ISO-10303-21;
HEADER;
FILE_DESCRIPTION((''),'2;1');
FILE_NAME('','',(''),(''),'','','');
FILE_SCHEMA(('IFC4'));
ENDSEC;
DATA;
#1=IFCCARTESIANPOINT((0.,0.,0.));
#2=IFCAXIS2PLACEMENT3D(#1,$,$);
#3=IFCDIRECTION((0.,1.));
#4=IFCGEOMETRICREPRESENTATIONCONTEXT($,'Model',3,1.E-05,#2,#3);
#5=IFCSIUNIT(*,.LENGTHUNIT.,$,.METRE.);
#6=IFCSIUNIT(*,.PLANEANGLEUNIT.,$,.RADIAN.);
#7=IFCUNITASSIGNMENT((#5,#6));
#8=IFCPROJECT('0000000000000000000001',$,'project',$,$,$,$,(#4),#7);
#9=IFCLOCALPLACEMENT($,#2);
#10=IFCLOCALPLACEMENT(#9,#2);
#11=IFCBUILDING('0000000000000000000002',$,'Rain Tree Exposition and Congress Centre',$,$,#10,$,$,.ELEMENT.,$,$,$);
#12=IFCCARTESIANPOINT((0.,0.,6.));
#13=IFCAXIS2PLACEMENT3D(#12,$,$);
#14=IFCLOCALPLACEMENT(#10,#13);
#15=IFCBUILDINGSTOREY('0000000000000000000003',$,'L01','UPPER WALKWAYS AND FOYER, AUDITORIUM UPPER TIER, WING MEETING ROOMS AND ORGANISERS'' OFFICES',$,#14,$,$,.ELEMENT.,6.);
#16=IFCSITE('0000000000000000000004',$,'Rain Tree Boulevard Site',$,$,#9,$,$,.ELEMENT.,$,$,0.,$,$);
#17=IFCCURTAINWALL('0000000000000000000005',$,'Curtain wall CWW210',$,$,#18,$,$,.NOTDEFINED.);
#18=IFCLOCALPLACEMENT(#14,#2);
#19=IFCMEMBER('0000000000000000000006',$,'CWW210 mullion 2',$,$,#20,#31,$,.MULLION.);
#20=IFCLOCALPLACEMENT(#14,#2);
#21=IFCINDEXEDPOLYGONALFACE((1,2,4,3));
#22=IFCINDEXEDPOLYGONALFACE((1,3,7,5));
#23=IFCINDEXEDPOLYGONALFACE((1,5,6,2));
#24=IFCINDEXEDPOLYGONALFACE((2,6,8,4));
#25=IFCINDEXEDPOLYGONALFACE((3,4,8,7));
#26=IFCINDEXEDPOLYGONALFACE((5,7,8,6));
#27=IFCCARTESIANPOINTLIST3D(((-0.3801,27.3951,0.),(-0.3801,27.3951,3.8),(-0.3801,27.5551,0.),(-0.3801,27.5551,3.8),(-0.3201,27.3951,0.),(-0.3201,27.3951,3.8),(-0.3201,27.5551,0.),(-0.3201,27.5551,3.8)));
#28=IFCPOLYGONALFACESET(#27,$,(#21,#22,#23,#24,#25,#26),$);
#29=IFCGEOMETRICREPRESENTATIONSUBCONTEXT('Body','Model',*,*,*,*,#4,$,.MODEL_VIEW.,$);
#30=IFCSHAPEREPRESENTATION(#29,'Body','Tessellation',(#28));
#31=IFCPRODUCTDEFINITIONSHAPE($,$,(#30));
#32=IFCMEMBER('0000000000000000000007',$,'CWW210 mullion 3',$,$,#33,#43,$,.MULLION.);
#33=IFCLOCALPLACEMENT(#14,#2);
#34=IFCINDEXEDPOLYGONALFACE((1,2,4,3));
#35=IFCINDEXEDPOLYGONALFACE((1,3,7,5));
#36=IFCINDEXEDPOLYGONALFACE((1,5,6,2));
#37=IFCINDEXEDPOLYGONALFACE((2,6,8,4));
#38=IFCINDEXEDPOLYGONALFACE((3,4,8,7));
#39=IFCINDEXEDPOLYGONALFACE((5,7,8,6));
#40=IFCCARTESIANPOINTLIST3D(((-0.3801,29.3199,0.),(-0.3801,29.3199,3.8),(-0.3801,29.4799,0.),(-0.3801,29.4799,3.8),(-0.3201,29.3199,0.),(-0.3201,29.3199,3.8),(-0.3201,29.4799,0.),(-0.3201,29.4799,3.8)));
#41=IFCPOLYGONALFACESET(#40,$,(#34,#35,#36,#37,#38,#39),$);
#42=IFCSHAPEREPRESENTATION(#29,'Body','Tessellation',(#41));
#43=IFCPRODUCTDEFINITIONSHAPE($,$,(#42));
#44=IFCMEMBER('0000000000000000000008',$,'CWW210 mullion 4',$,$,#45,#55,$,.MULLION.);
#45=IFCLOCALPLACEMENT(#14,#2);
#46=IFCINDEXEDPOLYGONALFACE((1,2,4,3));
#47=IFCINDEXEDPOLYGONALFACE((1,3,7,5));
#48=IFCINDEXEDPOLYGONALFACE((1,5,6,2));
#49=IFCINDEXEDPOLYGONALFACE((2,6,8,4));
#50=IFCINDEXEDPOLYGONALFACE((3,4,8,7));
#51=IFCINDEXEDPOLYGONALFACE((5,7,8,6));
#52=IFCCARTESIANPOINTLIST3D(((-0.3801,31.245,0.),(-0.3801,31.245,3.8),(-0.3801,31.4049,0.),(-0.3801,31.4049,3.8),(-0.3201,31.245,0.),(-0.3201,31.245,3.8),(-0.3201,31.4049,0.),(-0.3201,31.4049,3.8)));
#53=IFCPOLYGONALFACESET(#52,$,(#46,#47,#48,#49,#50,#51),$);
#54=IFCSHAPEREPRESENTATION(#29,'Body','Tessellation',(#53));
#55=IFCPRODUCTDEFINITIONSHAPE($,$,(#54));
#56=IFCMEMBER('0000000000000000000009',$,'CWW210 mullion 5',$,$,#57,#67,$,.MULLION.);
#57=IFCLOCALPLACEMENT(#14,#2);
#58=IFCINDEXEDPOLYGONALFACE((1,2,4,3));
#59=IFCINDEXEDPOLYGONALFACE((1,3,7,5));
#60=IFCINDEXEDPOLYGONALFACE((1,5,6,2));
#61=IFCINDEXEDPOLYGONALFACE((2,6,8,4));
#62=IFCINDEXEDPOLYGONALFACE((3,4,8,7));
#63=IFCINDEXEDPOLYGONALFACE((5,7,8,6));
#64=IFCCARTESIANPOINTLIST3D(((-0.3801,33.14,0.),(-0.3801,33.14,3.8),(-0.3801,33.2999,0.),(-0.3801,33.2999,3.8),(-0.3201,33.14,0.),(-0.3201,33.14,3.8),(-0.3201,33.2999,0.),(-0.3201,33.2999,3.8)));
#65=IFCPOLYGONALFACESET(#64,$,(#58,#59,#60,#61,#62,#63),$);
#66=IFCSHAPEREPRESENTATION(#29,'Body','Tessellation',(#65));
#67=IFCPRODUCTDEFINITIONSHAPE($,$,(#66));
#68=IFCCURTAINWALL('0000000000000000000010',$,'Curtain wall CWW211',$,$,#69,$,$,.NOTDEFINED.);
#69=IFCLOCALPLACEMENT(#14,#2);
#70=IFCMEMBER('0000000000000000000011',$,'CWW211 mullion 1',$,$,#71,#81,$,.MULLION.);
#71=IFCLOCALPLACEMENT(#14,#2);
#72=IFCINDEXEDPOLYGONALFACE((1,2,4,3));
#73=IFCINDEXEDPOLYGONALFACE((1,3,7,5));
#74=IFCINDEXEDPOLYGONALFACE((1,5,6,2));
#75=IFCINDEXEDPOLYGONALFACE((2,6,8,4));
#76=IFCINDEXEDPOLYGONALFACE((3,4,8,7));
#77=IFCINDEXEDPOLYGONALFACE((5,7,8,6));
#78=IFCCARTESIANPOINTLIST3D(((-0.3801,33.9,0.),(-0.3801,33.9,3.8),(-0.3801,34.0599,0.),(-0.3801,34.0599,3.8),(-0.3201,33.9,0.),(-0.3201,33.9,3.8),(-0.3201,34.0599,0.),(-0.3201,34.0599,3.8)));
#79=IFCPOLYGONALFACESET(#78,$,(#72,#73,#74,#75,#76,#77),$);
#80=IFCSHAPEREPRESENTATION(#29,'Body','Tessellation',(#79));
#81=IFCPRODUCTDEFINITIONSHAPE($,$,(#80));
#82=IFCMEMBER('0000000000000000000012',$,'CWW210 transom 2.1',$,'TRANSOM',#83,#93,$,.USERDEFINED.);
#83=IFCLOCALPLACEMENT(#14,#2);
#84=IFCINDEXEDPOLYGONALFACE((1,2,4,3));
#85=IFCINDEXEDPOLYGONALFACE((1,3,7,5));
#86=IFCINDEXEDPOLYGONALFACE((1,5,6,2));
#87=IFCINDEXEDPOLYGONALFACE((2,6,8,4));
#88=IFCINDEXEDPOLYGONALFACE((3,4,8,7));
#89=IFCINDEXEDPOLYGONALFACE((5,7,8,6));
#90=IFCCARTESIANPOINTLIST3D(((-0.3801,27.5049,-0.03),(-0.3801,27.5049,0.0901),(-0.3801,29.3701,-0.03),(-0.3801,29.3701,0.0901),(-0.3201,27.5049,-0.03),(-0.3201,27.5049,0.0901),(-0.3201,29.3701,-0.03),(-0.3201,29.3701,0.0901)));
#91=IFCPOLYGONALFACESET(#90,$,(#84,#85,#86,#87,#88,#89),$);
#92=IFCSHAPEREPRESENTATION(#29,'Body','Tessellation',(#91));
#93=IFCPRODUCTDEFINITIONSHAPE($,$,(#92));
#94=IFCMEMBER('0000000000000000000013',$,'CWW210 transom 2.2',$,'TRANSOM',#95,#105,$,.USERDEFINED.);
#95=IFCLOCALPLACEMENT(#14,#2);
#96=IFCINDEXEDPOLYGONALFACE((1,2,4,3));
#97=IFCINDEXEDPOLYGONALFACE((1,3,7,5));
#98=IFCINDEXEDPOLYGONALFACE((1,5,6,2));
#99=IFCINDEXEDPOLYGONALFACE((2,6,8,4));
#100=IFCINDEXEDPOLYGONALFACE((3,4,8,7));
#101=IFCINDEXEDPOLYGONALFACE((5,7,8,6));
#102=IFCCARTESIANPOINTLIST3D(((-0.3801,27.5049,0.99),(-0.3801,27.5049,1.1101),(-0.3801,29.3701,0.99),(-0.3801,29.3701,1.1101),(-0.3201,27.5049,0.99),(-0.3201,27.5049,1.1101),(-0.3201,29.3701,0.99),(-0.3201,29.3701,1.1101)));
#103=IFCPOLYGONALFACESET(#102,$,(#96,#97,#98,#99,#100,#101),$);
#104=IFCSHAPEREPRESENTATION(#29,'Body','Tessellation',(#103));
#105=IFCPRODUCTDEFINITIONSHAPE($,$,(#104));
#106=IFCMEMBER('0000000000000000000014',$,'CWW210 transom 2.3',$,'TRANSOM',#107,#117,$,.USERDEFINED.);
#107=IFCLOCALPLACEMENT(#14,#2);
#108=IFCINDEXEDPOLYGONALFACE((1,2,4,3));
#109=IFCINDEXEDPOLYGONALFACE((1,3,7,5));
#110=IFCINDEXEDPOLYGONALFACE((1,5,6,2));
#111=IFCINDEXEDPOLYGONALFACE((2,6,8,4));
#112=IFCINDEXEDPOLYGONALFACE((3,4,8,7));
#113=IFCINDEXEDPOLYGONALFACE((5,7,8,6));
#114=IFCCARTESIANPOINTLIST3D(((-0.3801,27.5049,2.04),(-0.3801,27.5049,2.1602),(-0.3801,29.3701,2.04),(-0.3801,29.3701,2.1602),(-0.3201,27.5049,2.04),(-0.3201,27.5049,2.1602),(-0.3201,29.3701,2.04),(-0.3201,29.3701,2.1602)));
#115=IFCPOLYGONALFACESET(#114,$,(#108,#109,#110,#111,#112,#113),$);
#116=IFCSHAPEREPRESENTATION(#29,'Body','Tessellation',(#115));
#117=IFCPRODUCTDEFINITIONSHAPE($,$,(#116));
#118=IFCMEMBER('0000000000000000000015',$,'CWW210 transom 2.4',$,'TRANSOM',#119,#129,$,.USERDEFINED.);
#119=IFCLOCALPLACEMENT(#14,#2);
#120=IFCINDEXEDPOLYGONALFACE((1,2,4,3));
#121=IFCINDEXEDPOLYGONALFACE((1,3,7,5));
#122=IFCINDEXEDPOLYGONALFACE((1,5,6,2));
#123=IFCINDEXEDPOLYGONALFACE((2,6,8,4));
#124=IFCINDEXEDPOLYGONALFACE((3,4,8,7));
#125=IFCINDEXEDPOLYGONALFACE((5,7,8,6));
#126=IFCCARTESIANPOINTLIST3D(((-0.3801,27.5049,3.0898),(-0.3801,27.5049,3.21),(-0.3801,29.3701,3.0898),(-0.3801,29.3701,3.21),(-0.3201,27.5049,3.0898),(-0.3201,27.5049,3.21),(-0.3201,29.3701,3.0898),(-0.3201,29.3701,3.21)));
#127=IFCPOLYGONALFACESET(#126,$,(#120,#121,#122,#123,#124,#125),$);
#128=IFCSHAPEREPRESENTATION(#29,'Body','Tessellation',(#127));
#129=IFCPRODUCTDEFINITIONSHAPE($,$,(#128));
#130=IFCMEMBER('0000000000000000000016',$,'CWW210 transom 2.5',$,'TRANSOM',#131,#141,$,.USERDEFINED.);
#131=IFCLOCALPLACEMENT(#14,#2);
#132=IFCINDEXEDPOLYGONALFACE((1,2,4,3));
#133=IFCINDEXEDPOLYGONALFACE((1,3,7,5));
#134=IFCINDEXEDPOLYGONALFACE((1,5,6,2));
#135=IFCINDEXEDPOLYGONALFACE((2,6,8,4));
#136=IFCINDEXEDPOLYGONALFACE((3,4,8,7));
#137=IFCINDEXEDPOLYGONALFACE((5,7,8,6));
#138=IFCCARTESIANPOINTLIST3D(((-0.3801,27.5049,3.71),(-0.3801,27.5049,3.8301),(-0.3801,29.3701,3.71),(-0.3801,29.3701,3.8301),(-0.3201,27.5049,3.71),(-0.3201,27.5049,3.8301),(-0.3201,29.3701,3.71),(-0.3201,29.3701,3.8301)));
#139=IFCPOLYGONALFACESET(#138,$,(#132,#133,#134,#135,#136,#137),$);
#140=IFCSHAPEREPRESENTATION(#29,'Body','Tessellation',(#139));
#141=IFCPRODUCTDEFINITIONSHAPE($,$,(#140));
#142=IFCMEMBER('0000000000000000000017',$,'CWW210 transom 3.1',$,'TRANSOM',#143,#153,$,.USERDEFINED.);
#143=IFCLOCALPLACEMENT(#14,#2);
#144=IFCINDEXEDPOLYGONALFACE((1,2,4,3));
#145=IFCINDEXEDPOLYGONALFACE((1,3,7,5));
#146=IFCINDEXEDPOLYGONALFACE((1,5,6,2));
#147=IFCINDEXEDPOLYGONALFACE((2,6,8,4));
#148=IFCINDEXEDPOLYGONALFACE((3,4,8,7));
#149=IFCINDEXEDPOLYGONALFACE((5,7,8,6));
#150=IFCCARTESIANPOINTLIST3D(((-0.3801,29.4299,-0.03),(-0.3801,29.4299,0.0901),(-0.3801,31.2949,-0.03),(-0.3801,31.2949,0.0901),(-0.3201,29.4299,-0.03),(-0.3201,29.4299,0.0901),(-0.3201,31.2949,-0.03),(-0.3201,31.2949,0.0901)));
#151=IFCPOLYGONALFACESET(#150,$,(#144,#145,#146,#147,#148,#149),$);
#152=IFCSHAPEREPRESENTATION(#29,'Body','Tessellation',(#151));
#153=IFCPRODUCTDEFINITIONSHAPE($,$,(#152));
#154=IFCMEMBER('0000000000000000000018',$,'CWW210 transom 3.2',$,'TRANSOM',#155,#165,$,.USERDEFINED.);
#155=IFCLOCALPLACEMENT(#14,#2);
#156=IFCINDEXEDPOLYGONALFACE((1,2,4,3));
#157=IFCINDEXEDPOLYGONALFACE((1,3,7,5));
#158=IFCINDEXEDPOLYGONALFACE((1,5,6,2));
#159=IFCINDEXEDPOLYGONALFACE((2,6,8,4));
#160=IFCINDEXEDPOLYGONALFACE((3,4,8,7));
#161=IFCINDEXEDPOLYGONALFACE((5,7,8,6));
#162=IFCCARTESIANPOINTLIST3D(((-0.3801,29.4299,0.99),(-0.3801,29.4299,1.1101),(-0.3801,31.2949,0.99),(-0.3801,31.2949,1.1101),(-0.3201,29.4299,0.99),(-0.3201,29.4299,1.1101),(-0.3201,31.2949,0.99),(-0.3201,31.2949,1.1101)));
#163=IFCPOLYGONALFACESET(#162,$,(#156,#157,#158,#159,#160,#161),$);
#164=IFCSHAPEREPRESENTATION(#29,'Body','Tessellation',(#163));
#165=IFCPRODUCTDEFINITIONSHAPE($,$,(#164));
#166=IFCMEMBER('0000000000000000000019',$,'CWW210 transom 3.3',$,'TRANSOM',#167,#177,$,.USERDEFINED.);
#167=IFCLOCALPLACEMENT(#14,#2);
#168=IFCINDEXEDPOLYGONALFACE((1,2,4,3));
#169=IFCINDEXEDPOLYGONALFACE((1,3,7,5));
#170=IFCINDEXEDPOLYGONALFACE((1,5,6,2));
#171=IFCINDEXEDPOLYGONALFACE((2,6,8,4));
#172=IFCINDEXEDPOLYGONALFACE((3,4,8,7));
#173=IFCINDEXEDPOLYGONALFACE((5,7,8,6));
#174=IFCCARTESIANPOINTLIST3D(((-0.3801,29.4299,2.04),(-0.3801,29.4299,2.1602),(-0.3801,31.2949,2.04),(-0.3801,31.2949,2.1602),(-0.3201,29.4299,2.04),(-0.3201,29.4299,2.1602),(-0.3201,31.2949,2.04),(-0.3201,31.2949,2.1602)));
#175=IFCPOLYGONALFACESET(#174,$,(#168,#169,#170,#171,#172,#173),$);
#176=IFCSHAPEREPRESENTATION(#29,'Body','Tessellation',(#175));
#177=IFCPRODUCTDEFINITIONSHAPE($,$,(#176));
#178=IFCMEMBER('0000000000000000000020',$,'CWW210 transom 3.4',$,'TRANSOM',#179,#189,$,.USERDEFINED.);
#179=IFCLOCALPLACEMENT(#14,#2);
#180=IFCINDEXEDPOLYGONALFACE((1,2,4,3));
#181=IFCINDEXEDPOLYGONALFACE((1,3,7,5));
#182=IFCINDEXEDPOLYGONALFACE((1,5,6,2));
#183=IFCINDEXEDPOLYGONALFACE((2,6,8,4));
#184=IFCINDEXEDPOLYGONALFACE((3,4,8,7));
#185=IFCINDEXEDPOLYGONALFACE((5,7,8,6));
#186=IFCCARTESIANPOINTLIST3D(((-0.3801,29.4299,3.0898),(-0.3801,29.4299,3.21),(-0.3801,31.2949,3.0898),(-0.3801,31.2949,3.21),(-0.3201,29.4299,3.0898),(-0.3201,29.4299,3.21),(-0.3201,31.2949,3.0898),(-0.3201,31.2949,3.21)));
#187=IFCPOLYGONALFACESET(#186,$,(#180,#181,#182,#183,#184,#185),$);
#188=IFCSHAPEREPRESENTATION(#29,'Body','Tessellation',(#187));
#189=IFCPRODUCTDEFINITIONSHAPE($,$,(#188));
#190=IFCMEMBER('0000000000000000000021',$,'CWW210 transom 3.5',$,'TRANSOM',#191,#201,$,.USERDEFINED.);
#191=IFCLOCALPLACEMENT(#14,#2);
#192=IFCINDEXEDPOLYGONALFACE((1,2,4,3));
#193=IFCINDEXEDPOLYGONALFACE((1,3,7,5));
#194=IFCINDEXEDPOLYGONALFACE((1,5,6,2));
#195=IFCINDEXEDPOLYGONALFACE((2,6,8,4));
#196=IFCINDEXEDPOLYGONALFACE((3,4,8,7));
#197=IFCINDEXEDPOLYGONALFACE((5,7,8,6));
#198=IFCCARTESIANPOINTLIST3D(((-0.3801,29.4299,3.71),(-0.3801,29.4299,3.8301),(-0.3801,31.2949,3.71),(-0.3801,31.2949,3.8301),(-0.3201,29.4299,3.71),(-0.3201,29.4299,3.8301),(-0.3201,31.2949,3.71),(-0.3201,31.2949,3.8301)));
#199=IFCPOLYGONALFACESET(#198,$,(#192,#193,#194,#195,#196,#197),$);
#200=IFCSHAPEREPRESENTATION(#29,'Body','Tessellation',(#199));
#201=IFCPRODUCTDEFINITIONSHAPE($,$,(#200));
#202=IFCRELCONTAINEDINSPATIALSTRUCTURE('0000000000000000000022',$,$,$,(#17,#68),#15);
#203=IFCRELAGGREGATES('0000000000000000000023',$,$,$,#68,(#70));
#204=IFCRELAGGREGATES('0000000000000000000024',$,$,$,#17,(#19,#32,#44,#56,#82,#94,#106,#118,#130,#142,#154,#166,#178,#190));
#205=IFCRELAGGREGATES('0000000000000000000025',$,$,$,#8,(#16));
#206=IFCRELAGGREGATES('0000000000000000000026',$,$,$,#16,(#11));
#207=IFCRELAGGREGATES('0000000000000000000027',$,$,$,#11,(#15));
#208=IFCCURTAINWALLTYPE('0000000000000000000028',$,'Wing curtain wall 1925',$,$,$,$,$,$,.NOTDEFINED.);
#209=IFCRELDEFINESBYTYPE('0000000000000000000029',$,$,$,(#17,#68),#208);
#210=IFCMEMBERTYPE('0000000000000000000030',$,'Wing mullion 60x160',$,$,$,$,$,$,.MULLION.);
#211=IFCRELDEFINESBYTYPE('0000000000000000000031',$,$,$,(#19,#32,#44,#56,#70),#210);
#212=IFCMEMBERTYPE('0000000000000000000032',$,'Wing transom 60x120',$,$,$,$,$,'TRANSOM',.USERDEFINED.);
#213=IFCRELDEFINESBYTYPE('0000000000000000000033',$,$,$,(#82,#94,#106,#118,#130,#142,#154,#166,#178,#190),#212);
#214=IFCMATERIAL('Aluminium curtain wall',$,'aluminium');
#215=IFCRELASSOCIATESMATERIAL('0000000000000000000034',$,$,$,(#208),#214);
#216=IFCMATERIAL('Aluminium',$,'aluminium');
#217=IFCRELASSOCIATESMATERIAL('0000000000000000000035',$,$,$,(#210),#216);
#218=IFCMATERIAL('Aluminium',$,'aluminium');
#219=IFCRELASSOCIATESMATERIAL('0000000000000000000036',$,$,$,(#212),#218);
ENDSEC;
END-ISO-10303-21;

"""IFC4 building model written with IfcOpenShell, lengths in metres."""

from ifc_helpers import new_model, si_unit, direction, frame, origin, origin_2d, place, context, subcontext, project, spatial, rectangle, extrude, material, material_profile, profile_set, type_object, element, aggregate, save


model = new_model("IFC4")

# Units and contexts
model_context = context("Model", 3, precision=1e-05, world=origin(), true_north=direction((0.0, 1.0)))
body_context = subcontext(model_context, "Body", "Model", "MODEL_VIEW")
ifc_project = project(units=[si_unit("LENGTHUNIT", "METRE"), si_unit("PLANEANGLEUNIT", "RADIAN")], contexts=[model_context])

# Site, building, storey
site_placement = place(None, origin())
site = spatial("IfcSite", under=ifc_project, at=site_placement, Name="Rain Tree Boulevard Site", CompositionType="ELEMENT", RefElevation=0.0)
building_placement = place(site_placement, origin())
building = spatial("IfcBuilding", under=site, at=building_placement, Name="Rain Tree Exposition and Congress Centre", CompositionType="ELEMENT")
storey_placement = place(building_placement, frame((0.0, 0.0, 6.0)))
storey = spatial("IfcBuildingStorey", under=building, at=storey_placement, Name="L01", Description="UPPER WALKWAYS AND FOYER, AUDITORIUM UPPER TIER, WING MEETING ROOMS AND ORGANISERS' OFFICES", CompositionType="ELEMENT", Elevation=6.0)

# Curtain wall, members
ifc_material_1 = material(Name="Aluminium curtain wall", Category="aluminium")
curtain_wall_type = type_object("IfcCurtainWallType", Name="Wing curtain wall 1925", PredefinedType="NOTDEFINED", material=ifc_material_1)
curtain_wall_1_placement = place(storey_placement, origin())
curtain_wall_1 = element("IfcCurtainWall", 1, at=curtain_wall_1_placement, inside=storey, type_object=curtain_wall_type, Name="Curtain wall CWW210", PredefinedType="NOTDEFINED")
ifc_material_2 = material(Name="Aluminium", Category="aluminium")
ifc_material_profile_1 = material_profile(ifc_material_2, rectangle(XDim=0.0601, YDim=0.1599, at=origin_2d()), Name="Aluminium 60x160")
ifc_profile_set_1 = profile_set([ifc_material_profile_1], Name="Aluminium")
member_type_1 = type_object("IfcMemberType", Name="Wing mullion 60x160", PredefinedType="MULLION", material=ifc_profile_set_1)
member_1_placement = place(storey_placement, frame((-0.3501, 27.4751, 0.0), z_axis=(0.0, 0.0, 1.0), x_axis=(-1.0, 0.0, 0.0)))
member_1 = element("IfcMember", 2, at=member_1_placement, type_object=member_type_1, Name="CWW210 mullion 2", PredefinedType="MULLION", context=body_context, shape_type="SweptSolid", body=[
    extrude(rectangle(XDim=0.0601, YDim=0.1599, at=origin_2d()), origin(), (0.0, 0.0, 1.0), 3.8),
])
member_2_placement = place(storey_placement, frame((-0.3501, 29.3999, 0.0), z_axis=(0.0, 0.0, 1.0), x_axis=(-1.0, 0.0, 0.0)))
member_2 = element("IfcMember", 3, at=member_2_placement, type_object=member_type_1, Name="CWW210 mullion 3", PredefinedType="MULLION", context=body_context, shape_type="SweptSolid", body=[
    extrude(rectangle(XDim=0.0601, YDim=0.1599, at=origin_2d()), origin(), (0.0, 0.0, 1.0), 3.8),
])
member_3_placement = place(storey_placement, frame((-0.3501, 31.325, 0.0), z_axis=(0.0, 0.0, 1.0), x_axis=(-1.0, 0.0, 0.0)))
member_3 = element("IfcMember", 4, at=member_3_placement, type_object=member_type_1, Name="CWW210 mullion 4", PredefinedType="MULLION", context=body_context, shape_type="SweptSolid", body=[
    extrude(rectangle(XDim=0.0601, YDim=0.1599, at=origin_2d()), origin(), (0.0, 0.0, 1.0), 3.8),
])
member_4_placement = place(storey_placement, frame((-0.3501, 33.22, 0.0), z_axis=(0.0, 0.0, 1.0), x_axis=(-1.0, 0.0, 0.0)))
member_4 = element("IfcMember", 5, at=member_4_placement, type_object=member_type_1, Name="CWW210 mullion 5", PredefinedType="MULLION", context=body_context, shape_type="SweptSolid", body=[
    extrude(rectangle(XDim=0.0601, YDim=0.1599, at=origin_2d()), origin(), (0.0, 0.0, 1.0), 3.8),
])

# Curtain wall, member
curtain_wall_2_placement = place(storey_placement, origin())
curtain_wall_2 = element("IfcCurtainWall", 6, at=curtain_wall_2_placement, inside=storey, type_object=curtain_wall_type, Name="Curtain wall CWW211", PredefinedType="NOTDEFINED")
member_5_placement = place(storey_placement, frame((-0.3501, 33.98, 0.0), z_axis=(0.0, 0.0, 1.0), x_axis=(-1.0, 0.0, 0.0)))
member_5 = element("IfcMember", 7, at=member_5_placement, type_object=member_type_1, Name="CWW211 mullion 1", PredefinedType="MULLION", context=body_context, shape_type="SweptSolid", body=[
    extrude(rectangle(XDim=0.0601, YDim=0.1599, at=origin_2d()), origin(), (0.0, 0.0, 1.0), 3.8),
])

# Members
ifc_material_3 = material(Name="Aluminium", Category="aluminium")
ifc_material_profile_2 = material_profile(ifc_material_3, rectangle(XDim=0.0601, YDim=0.1201, at=origin_2d()), Name="Aluminium 60x120")
ifc_profile_set_2 = profile_set([ifc_material_profile_2], Name="Aluminium")
member_type_2 = type_object("IfcMemberType", Name="Wing transom 60x120", ElementType="TRANSOM", PredefinedType="USERDEFINED", material=ifc_profile_set_2)
member_6_placement = place(storey_placement, frame((-0.3501, 27.5049, 0.03), z_axis=(0.0, 1.0, 0.0), x_axis=(-1.0, 0.0, 0.0)))
member_6 = element("IfcMember", 8, at=member_6_placement, type_object=member_type_2, Name="CWW210 transom 2.1", ObjectType="TRANSOM", PredefinedType="USERDEFINED", context=body_context, shape_type="SweptSolid", body=[
    extrude(rectangle(XDim=0.0601, YDim=0.1201, at=origin_2d()), origin(), (0.0, 0.0, 1.0), 1.8652),
])
member_7_placement = place(storey_placement, frame((-0.3501, 27.5049, 1.05), z_axis=(0.0, 1.0, 0.0), x_axis=(-1.0, 0.0, 0.0)))
member_7 = element("IfcMember", 9, at=member_7_placement, type_object=member_type_2, Name="CWW210 transom 2.2", ObjectType="TRANSOM", PredefinedType="USERDEFINED", context=body_context, shape_type="SweptSolid", body=[
    extrude(rectangle(XDim=0.0601, YDim=0.1201, at=origin_2d()), origin(), (0.0, 0.0, 1.0), 1.8652),
])
member_8_placement = place(storey_placement, frame((-0.3501, 27.5049, 2.1001), z_axis=(0.0, 1.0, 0.0), x_axis=(-1.0, 0.0, 0.0)))
member_8 = element("IfcMember", 10, at=member_8_placement, type_object=member_type_2, Name="CWW210 transom 2.3", ObjectType="TRANSOM", PredefinedType="USERDEFINED", context=body_context, shape_type="SweptSolid", body=[
    extrude(rectangle(XDim=0.0601, YDim=0.1201, at=origin_2d()), origin(), (0.0, 0.0, 1.0), 1.8652),
])
member_9_placement = place(storey_placement, frame((-0.3501, 27.5049, 3.1499), z_axis=(0.0, 1.0, 0.0), x_axis=(-1.0, 0.0, 0.0)))
member_9 = element("IfcMember", 11, at=member_9_placement, type_object=member_type_2, Name="CWW210 transom 2.4", ObjectType="TRANSOM", PredefinedType="USERDEFINED", context=body_context, shape_type="SweptSolid", body=[
    extrude(rectangle(XDim=0.0601, YDim=0.1201, at=origin_2d()), origin(), (0.0, 0.0, 1.0), 1.8652),
])
member_10_placement = place(storey_placement, frame((-0.3501, 27.5049, 3.77), z_axis=(0.0, 1.0, 0.0), x_axis=(-1.0, 0.0, 0.0)))
member_10 = element("IfcMember", 12, at=member_10_placement, type_object=member_type_2, Name="CWW210 transom 2.5", ObjectType="TRANSOM", PredefinedType="USERDEFINED", context=body_context, shape_type="SweptSolid", body=[
    extrude(rectangle(XDim=0.0601, YDim=0.1201, at=origin_2d()), origin(), (0.0, 0.0, 1.0), 1.8652),
])
member_11_placement = place(storey_placement, frame((-0.3501, 29.4299, 0.03), z_axis=(0.0, 1.0, 0.0), x_axis=(-1.0, 0.0, 0.0)))
member_11 = element("IfcMember", 13, at=member_11_placement, type_object=member_type_2, Name="CWW210 transom 3.1", ObjectType="TRANSOM", PredefinedType="USERDEFINED", context=body_context, shape_type="SweptSolid", body=[
    extrude(rectangle(XDim=0.0601, YDim=0.1201, at=origin_2d()), origin(), (0.0, 0.0, 1.0), 1.865),
])
member_12_placement = place(storey_placement, frame((-0.3501, 29.4299, 1.05), z_axis=(0.0, 1.0, 0.0), x_axis=(-1.0, 0.0, 0.0)))
member_12 = element("IfcMember", 14, at=member_12_placement, type_object=member_type_2, Name="CWW210 transom 3.2", ObjectType="TRANSOM", PredefinedType="USERDEFINED", context=body_context, shape_type="SweptSolid", body=[
    extrude(rectangle(XDim=0.0601, YDim=0.1201, at=origin_2d()), origin(), (0.0, 0.0, 1.0), 1.865),
])
member_13_placement = place(storey_placement, frame((-0.3501, 29.4299, 2.1001), z_axis=(0.0, 1.0, 0.0), x_axis=(-1.0, 0.0, 0.0)))
member_13 = element("IfcMember", 15, at=member_13_placement, type_object=member_type_2, Name="CWW210 transom 3.3", ObjectType="TRANSOM", PredefinedType="USERDEFINED", context=body_context, shape_type="SweptSolid", body=[
    extrude(rectangle(XDim=0.0601, YDim=0.1201, at=origin_2d()), origin(), (0.0, 0.0, 1.0), 1.865),
])
member_14_placement = place(storey_placement, frame((-0.3501, 29.4299, 3.1499), z_axis=(0.0, 1.0, 0.0), x_axis=(-1.0, 0.0, 0.0)))
member_14 = element("IfcMember", 16, at=member_14_placement, type_object=member_type_2, Name="CWW210 transom 3.4", ObjectType="TRANSOM", PredefinedType="USERDEFINED", context=body_context, shape_type="SweptSolid", body=[
    extrude(rectangle(XDim=0.0601, YDim=0.1201, at=origin_2d()), origin(), (0.0, 0.0, 1.0), 1.865),
])
member_15_placement = place(storey_placement, frame((-0.3501, 29.4299, 3.77), z_axis=(0.0, 1.0, 0.0), x_axis=(-1.0, 0.0, 0.0)))
member_15 = element("IfcMember", 17, at=member_15_placement, type_object=member_type_2, Name="CWW210 transom 3.5", ObjectType="TRANSOM", PredefinedType="USERDEFINED", context=body_context, shape_type="SweptSolid", body=[
    extrude(rectangle(XDim=0.0601, YDim=0.1201, at=origin_2d()), origin(), (0.0, 0.0, 1.0), 1.865),
])
aggregate(curtain_wall_2, [member_5])

aggregate(curtain_wall_1, [member_1, member_2, member_3, member_4, member_6, member_7, member_8, member_9, member_10, member_11, member_12, member_13, member_14, member_15])

save(model, "model.ifc")
